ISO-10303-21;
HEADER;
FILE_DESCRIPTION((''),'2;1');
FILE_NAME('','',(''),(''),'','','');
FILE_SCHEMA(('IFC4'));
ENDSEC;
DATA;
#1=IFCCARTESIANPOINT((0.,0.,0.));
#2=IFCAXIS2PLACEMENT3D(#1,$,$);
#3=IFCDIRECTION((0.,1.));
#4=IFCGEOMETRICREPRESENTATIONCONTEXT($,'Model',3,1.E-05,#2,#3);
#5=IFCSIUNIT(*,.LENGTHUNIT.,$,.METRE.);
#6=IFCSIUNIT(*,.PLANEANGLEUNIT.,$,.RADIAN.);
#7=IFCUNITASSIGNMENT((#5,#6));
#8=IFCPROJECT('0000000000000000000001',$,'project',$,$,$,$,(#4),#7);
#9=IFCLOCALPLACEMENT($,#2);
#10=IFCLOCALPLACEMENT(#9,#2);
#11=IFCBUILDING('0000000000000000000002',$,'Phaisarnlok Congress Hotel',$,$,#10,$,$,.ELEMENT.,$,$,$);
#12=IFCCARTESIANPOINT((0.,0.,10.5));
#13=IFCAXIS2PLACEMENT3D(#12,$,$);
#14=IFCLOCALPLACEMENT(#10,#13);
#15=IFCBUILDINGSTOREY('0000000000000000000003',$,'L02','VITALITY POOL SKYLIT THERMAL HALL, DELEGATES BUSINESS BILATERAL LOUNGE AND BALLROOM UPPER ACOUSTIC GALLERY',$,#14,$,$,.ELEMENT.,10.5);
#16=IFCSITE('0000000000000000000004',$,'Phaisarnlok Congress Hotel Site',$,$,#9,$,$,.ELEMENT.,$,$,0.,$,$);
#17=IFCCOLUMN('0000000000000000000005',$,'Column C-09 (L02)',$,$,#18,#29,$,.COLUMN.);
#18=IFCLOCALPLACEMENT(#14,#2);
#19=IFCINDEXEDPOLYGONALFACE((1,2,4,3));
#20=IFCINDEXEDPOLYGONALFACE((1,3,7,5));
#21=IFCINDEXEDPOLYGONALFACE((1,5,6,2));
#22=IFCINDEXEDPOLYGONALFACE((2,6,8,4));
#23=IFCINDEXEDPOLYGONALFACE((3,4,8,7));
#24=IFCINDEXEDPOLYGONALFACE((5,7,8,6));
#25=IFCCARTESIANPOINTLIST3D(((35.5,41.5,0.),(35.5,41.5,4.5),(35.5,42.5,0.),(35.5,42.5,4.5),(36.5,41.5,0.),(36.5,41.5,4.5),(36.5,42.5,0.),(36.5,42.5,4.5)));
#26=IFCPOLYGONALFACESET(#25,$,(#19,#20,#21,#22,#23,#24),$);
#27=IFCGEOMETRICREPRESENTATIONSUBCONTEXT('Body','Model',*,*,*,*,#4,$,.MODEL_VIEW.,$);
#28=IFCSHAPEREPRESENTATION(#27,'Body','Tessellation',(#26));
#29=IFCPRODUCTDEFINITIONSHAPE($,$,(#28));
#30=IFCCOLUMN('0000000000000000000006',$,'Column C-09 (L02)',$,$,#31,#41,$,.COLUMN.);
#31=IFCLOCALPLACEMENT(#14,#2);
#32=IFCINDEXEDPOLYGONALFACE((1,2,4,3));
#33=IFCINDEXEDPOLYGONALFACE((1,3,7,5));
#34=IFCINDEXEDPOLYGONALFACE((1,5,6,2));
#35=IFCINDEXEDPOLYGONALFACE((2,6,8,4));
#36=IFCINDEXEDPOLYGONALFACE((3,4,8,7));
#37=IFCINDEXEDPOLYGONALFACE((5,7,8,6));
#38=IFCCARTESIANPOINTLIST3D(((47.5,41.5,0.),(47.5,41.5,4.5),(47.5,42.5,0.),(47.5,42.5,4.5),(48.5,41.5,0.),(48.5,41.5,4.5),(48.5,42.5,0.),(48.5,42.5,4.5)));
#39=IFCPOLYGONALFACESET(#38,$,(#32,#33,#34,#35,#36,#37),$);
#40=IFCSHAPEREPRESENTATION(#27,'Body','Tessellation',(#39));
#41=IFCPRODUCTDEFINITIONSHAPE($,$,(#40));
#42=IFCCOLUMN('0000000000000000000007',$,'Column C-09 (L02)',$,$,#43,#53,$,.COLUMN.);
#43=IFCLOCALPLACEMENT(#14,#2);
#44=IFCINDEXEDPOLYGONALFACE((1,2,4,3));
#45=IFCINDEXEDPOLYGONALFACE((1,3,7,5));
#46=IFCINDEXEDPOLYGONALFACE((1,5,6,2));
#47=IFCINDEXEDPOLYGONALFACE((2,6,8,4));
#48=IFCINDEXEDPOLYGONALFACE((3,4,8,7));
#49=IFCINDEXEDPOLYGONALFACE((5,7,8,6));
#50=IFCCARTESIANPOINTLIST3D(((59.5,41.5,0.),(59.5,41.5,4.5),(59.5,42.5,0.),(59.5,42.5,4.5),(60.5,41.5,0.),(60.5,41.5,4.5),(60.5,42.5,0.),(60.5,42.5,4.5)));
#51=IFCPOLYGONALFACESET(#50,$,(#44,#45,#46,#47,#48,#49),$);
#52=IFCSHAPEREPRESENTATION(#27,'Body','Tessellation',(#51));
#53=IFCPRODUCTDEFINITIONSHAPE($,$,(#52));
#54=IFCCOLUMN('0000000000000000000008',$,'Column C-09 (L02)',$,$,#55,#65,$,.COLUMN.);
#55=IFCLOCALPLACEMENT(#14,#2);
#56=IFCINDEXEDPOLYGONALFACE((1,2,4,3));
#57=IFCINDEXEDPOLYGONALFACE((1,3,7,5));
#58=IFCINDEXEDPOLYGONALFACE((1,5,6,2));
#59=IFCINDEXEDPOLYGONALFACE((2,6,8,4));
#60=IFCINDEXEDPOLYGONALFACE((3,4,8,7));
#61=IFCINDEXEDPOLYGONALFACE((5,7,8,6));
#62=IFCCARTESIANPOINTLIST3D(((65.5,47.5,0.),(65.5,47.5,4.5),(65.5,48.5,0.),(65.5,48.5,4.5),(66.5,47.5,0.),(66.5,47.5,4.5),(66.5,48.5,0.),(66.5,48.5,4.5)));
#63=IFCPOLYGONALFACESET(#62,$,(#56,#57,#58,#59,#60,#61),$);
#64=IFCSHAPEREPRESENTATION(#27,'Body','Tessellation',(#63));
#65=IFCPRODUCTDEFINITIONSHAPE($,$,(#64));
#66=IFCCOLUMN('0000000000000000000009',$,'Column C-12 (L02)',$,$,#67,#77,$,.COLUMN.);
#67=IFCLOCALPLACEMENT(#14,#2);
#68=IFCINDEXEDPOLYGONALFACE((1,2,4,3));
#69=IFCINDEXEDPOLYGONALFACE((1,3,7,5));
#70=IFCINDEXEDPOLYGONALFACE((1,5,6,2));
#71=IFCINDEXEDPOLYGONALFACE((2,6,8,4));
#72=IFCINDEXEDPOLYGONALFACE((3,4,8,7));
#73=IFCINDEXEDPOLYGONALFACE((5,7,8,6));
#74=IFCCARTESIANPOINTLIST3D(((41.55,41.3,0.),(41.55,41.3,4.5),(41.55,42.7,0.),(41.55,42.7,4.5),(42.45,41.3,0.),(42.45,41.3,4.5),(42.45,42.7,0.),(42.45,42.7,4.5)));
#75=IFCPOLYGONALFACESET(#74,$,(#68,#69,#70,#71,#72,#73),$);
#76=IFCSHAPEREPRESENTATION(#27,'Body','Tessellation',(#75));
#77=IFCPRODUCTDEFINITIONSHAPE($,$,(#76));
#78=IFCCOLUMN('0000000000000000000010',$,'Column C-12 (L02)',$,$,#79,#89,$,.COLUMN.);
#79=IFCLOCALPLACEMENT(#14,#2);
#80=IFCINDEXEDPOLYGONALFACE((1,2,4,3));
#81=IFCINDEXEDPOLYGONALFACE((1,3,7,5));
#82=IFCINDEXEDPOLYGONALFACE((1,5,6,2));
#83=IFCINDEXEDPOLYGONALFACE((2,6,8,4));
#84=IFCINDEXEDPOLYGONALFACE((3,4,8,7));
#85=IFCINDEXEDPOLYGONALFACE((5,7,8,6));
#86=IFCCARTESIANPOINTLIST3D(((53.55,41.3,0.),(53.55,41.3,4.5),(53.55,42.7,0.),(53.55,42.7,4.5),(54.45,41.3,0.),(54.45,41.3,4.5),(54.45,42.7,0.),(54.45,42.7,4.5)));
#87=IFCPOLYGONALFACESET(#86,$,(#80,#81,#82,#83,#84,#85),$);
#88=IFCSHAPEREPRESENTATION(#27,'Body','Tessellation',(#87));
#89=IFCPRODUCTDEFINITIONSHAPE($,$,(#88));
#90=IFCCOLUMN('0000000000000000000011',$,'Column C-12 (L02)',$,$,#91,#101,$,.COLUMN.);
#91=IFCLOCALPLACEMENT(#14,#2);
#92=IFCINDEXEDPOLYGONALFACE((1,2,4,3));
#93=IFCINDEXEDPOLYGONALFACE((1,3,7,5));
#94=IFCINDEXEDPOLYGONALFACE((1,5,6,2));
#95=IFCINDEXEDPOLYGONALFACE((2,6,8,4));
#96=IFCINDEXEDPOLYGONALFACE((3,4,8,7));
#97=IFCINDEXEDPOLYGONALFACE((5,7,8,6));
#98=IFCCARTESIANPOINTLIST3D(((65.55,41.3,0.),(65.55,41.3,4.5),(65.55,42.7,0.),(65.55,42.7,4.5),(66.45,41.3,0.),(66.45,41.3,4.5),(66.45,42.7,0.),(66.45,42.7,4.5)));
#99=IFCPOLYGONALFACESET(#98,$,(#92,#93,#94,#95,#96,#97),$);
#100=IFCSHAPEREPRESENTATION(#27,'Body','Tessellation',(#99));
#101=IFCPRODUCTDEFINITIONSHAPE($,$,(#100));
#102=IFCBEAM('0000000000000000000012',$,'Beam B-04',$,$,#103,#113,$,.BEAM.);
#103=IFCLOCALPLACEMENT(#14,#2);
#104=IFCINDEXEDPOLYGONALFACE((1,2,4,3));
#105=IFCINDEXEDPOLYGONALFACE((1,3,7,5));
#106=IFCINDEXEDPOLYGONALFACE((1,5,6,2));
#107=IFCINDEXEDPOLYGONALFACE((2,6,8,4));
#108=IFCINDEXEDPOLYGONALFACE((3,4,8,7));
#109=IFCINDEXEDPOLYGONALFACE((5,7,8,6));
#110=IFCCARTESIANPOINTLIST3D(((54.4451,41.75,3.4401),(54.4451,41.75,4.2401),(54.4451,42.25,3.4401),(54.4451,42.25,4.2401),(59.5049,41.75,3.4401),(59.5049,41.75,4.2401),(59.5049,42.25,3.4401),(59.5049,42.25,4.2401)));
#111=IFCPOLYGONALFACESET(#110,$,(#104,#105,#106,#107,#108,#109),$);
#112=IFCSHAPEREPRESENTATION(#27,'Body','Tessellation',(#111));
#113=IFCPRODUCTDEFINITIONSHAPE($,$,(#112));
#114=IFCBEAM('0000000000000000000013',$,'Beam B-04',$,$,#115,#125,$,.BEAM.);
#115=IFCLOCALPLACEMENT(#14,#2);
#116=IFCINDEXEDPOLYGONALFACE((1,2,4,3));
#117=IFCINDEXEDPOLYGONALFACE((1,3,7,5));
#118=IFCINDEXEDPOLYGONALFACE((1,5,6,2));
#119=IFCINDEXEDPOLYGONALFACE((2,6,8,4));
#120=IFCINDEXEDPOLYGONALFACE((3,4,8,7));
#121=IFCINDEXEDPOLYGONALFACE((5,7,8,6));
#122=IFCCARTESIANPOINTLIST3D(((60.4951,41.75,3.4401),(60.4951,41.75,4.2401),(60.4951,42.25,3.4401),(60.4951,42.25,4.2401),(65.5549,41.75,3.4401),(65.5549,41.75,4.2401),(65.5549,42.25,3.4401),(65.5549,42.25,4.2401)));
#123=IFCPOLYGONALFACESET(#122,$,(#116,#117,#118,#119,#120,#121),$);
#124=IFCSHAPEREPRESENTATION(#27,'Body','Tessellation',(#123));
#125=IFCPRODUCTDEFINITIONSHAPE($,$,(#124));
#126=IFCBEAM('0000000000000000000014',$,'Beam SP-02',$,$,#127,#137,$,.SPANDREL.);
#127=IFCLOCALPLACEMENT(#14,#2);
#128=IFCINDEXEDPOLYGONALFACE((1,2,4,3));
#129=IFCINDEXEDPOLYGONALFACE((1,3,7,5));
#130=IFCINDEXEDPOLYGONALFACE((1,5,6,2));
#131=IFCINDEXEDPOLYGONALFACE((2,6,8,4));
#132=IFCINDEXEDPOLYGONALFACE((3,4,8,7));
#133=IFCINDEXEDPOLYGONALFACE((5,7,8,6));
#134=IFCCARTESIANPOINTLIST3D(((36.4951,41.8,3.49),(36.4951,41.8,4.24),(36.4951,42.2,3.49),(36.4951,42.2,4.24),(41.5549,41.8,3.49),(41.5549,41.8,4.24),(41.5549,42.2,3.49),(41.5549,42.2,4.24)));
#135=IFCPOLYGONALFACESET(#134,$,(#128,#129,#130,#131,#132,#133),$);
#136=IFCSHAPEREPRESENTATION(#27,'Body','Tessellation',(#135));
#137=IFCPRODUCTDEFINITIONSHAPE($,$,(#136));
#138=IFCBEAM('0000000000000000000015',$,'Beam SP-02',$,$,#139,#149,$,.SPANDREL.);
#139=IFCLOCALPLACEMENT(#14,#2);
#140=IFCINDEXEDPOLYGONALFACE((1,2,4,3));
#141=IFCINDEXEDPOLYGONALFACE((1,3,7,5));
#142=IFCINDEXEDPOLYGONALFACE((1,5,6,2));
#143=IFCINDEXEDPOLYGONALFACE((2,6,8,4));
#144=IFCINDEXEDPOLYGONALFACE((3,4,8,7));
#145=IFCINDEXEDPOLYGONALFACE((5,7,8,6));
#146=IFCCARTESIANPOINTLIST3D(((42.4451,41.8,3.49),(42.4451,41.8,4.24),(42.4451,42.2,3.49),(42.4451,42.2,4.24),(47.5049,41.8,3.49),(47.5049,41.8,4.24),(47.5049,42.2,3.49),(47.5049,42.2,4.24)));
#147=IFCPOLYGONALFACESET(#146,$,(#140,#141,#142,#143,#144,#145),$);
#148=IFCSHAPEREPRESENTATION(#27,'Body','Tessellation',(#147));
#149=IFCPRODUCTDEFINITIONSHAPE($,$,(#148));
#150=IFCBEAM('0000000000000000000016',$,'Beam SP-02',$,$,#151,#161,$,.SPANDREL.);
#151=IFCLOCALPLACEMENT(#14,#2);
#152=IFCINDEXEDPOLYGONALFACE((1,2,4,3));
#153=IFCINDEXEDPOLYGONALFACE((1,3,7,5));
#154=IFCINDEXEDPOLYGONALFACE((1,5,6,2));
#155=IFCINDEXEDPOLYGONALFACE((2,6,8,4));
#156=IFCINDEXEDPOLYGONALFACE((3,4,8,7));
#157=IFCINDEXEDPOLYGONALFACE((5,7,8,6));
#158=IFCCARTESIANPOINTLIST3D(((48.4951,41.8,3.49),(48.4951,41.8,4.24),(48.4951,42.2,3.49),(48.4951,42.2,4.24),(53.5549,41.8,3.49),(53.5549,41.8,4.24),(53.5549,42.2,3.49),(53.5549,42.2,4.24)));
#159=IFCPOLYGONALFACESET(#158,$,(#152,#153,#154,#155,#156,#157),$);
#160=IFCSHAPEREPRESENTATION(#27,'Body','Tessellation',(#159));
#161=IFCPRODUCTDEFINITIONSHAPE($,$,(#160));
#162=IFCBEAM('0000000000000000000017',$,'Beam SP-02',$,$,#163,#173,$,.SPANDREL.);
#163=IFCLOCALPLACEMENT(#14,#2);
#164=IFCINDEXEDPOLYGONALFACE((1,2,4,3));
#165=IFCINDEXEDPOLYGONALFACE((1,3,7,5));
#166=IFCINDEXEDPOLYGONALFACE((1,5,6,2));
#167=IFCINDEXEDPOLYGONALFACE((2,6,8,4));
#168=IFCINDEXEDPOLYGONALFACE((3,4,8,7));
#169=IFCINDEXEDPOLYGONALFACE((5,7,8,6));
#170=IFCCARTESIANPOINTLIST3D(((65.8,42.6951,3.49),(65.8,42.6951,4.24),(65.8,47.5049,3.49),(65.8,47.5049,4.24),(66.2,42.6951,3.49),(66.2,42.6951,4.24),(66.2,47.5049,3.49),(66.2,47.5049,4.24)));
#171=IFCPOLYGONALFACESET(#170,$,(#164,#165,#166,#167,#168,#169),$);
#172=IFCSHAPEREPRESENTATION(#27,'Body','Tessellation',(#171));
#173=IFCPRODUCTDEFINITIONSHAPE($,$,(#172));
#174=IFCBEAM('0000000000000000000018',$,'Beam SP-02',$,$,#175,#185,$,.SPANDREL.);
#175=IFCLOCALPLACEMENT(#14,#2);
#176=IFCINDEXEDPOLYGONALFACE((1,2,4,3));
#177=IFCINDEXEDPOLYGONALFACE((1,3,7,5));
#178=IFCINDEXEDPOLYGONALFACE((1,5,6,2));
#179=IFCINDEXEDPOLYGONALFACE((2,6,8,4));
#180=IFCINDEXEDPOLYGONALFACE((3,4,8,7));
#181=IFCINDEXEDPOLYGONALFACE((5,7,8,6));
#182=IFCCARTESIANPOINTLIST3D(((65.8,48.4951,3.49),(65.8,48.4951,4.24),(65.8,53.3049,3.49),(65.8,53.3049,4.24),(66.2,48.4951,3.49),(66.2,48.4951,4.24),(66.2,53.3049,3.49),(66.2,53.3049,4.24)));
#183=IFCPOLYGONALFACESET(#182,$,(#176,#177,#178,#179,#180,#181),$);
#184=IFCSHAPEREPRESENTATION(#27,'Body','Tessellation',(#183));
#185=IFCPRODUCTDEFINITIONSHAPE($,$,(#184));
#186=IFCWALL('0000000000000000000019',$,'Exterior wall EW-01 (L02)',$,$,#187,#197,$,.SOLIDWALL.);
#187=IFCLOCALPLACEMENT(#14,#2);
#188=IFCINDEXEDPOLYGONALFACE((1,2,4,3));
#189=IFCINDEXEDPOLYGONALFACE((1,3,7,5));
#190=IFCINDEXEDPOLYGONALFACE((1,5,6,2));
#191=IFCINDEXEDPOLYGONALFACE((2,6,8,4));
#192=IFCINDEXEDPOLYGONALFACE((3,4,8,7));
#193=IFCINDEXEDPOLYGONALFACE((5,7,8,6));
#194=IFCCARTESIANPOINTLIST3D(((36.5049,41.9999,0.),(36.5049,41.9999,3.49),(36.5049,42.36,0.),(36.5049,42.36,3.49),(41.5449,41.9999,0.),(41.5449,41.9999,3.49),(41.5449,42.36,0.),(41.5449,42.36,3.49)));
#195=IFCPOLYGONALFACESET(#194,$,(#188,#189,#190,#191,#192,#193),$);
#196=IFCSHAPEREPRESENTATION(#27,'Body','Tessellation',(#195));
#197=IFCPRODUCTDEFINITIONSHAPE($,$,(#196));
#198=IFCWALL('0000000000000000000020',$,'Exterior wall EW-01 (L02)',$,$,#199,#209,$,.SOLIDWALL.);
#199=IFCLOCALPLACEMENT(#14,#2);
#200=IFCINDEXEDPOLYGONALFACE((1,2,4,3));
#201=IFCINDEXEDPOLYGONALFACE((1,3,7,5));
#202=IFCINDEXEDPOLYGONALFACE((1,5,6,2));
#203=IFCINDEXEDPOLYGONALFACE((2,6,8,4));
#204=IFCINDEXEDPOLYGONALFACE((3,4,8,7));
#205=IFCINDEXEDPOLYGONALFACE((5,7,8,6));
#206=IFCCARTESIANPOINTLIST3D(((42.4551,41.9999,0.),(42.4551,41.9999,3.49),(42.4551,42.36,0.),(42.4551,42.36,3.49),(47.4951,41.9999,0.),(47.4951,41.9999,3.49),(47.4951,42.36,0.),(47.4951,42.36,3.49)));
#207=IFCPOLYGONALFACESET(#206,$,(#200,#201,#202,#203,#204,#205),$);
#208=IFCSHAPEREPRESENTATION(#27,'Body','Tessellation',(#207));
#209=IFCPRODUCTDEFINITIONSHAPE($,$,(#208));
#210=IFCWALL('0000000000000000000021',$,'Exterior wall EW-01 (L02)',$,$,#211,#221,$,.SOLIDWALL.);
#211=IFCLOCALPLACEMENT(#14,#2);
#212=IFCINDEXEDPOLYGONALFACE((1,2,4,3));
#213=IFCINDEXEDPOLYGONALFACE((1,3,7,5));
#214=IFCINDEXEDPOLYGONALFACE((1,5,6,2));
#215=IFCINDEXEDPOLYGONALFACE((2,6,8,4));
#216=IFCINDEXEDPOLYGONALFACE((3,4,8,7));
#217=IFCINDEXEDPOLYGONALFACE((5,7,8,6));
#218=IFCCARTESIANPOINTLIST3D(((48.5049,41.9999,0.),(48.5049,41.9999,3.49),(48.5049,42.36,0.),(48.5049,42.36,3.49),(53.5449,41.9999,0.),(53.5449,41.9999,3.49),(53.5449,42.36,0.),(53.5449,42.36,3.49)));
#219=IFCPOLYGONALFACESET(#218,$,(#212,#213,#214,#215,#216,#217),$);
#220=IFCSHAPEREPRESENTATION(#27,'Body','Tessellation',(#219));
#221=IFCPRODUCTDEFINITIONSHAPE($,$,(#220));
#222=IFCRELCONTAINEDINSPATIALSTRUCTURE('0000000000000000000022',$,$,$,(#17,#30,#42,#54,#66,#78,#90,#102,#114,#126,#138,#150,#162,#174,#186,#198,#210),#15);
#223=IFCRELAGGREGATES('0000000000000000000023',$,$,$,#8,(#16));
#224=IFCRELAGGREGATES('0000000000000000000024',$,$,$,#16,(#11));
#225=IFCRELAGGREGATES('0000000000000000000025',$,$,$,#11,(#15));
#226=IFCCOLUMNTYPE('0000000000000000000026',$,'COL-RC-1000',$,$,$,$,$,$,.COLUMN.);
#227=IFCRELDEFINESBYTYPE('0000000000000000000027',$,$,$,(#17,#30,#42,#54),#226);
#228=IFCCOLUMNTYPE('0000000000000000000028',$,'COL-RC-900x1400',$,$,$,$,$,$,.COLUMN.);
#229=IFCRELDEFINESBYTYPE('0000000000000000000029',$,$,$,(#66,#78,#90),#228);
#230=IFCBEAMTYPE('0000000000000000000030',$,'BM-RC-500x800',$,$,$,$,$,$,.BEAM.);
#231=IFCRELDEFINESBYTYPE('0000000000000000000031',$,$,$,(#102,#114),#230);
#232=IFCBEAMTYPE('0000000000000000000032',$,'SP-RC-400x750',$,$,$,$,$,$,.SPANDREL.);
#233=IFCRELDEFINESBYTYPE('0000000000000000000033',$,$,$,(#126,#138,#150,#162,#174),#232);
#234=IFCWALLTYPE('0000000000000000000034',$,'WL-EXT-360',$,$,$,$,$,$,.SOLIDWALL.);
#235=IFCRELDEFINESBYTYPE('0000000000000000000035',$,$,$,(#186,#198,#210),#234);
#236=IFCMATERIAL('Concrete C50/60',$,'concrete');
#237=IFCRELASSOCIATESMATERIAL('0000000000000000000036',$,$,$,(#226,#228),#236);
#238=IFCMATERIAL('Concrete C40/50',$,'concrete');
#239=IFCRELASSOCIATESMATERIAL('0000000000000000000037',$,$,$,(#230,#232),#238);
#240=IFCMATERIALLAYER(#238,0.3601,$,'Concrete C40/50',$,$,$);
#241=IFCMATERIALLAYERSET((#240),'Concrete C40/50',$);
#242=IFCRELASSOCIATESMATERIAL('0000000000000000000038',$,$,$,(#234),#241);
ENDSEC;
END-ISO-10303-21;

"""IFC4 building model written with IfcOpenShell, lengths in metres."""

from ifc_helpers import new_model, si_unit, direction, frame, frame_2d, origin, origin_2d, place, context, subcontext, project, spatial, rectangle, extrude, material, layer, layer_set, material_profile, profile_set, type_object, element, save


model = new_model("IFC4")

# Units and contexts
model_context = context("Model", 3, precision=1e-05, world=origin(), true_north=direction((0.0, 1.0)))
body_context = subcontext(model_context, "Body", "Model", "MODEL_VIEW")
ifc_project = project(units=[si_unit("LENGTHUNIT", "METRE"), si_unit("PLANEANGLEUNIT", "RADIAN")], contexts=[model_context])

# Site, building, storey
site_placement = place(None, origin())
site = spatial("IfcSite", under=ifc_project, at=site_placement, Name="Phaisarnlok Congress Hotel Site", CompositionType="ELEMENT", RefElevation=0.0)
building_placement = place(site_placement, origin())
building = spatial("IfcBuilding", under=site, at=building_placement, Name="Phaisarnlok Congress Hotel", CompositionType="ELEMENT")
storey_placement = place(building_placement, frame((0.0, 0.0, 10.5)))
storey = spatial("IfcBuildingStorey", under=building, at=storey_placement, Name="L02", Description="VITALITY POOL SKYLIT THERMAL HALL, DELEGATES BUSINESS BILATERAL LOUNGE AND BALLROOM UPPER ACOUSTIC GALLERY", CompositionType="ELEMENT", Elevation=10.5)

# Columns
ifc_material_1 = material(Name="Concrete C50/60", Category="concrete")
ifc_material_profile_1 = material_profile(ifc_material_1, rectangle(XDim=1.0, YDim=1.0, at=origin_2d()), Name="RC 1000x1000")
ifc_profile_set_1 = profile_set([ifc_material_profile_1], Name="Concrete C50/60")
column_type_1 = type_object("IfcColumnType", Name="COL-RC-1000", PredefinedType="COLUMN", material=ifc_profile_set_1)
for number, where, z_axis, x_axis, name in (
    (1, (36.0, 42.0, 0.0), (0.0, 0.0, 1.0), (1.0, 0.0, 0.0), "Column C-09 (L02)"),
    (2, (48.0, 42.0, 0.0), (0.0, 0.0, 1.0), (1.0, 0.0, 0.0), "Column C-09 (L02)"),
    (3, (60.0, 42.0, 0.0), (0.0, 0.0, 1.0), (1.0, 0.0, 0.0), "Column C-09 (L02)"),
    (4, (66.0, 48.0, 0.0), (0.0, 0.0, 1.0), (1.0, 0.0, 0.0), "Column C-09 (L02)"),
):
    element("IfcColumn", number, at=place(storey_placement, frame(where, z_axis=z_axis, x_axis=x_axis)), inside=storey, type_object=column_type_1, Name=name, PredefinedType="COLUMN", context=body_context, shape_type="SweptSolid", body=[
        extrude(rectangle(XDim=1.0, YDim=1.0, at=origin_2d()), origin(), (0.0, 0.0, 1.0), 4.5),
    ])
ifc_material_profile_2 = material_profile(ifc_material_1, rectangle(XDim=0.8999, YDim=1.3999, at=origin_2d()), Name="RC 900x1400")
ifc_profile_set_2 = profile_set([ifc_material_profile_2], Name="Concrete C50/60")
column_type_2 = type_object("IfcColumnType", Name="COL-RC-900x1400", PredefinedType="COLUMN", material=ifc_profile_set_2)
for number, where, z_axis, x_axis, name in (
    (5, (42.0, 42.0, 0.0), (0.0, 0.0, 1.0), (1.0, 0.0, 0.0), "Column C-12 (L02)"),
    (6, (54.0, 42.0, 0.0), (0.0, 0.0, 1.0), (1.0, 0.0, 0.0), "Column C-12 (L02)"),
    (7, (66.0, 42.0, 0.0), (0.0, 0.0, 1.0), (1.0, 0.0, 0.0), "Column C-12 (L02)"),
):
    element("IfcColumn", number, at=place(storey_placement, frame(where, z_axis=z_axis, x_axis=x_axis)), inside=storey, type_object=column_type_2, Name=name, PredefinedType="COLUMN", context=body_context, shape_type="SweptSolid", body=[
        extrude(rectangle(XDim=0.8999, YDim=1.3999, at=origin_2d()), origin(), (0.0, 0.0, 1.0), 4.5),
    ])

# Beams
ifc_material_2 = material(Name="Concrete C40/50", Category="concrete")
ifc_material_profile_3 = material_profile(ifc_material_2, rectangle(XDim=0.5, YDim=0.8, at=origin_2d()), Name="RC 500x800")
ifc_profile_set_3 = profile_set([ifc_material_profile_3], Name="Concrete C40/50")
beam_type_1 = type_object("IfcBeamType", Name="BM-RC-500x800", PredefinedType="BEAM", material=ifc_profile_set_3)
for number, where, z_axis, x_axis, name in (
    (8, (54.4451, 42.0, 3.8401), (1.0, 0.0, 0.0), (0.0, 1.0, 0.0), "Beam B-04"),
    (9, (60.4951, 42.0, 3.8401), (1.0, 0.0, 0.0), (0.0, 1.0, 0.0), "Beam B-04"),
):
    element("IfcBeam", number, at=place(storey_placement, frame(where, z_axis=z_axis, x_axis=x_axis)), inside=storey, type_object=beam_type_1, Name=name, PredefinedType="BEAM", context=body_context, shape_type="SweptSolid", body=[
        extrude(rectangle(XDim=0.5, YDim=0.8, at=origin_2d()), origin(), (0.0, 0.0, 1.0), 5.0598),
    ])
ifc_material_profile_4 = material_profile(ifc_material_2, rectangle(XDim=0.3999, YDim=0.75, at=origin_2d()), Name="RC 400x750")
ifc_profile_set_4 = profile_set([ifc_material_profile_4], Name="Concrete C40/50")
beam_type_2 = type_object("IfcBeamType", Name="SP-RC-400x750", PredefinedType="SPANDREL", material=ifc_profile_set_4)
for number, where, z_axis, x_axis, name in (
    (10, (36.4951, 42.0, 3.865), (1.0, 0.0, 0.0), (0.0, 1.0, 0.0), "Beam SP-02"),
    (11, (42.4451, 42.0, 3.865), (1.0, 0.0, 0.0), (0.0, 1.0, 0.0), "Beam SP-02"),
    (12, (48.4951, 42.0, 3.865), (1.0, 0.0, 0.0), (0.0, 1.0, 0.0), "Beam SP-02"),
):
    element("IfcBeam", number, at=place(storey_placement, frame(where, z_axis=z_axis, x_axis=x_axis)), inside=storey, type_object=beam_type_2, Name=name, PredefinedType="SPANDREL", context=body_context, shape_type="SweptSolid", body=[
        extrude(rectangle(XDim=0.3999, YDim=0.75, at=origin_2d()), origin(), (0.0, 0.0, 1.0), 5.0598),
    ])
for number, where, z_axis, x_axis, name in (
    (13, (66.0, 42.6951, 3.865), (0.0, 1.0, 0.0), (-1.0, 0.0, 0.0), "Beam SP-02"),
    (14, (66.0, 48.4951, 3.865), (0.0, 1.0, 0.0), (-1.0, 0.0, 0.0), "Beam SP-02"),
):
    element("IfcBeam", number, at=place(storey_placement, frame(where, z_axis=z_axis, x_axis=x_axis)), inside=storey, type_object=beam_type_2, Name=name, PredefinedType="SPANDREL", context=body_context, shape_type="SweptSolid", body=[
        extrude(rectangle(XDim=0.3999, YDim=0.75, at=origin_2d()), origin(), (0.0, 0.0, 1.0), 4.8098),
    ])

# Walls
ifc_layer_1 = layer(ifc_material_2, 0.3601, Name="Concrete C40/50")
ifc_layer_set_1 = layer_set([ifc_layer_1], Name="Concrete C40/50")
wall_type_1 = type_object("IfcWallType", Name="WL-EXT-360", PredefinedType="SOLIDWALL", material=ifc_layer_set_1)
for number, where, z_axis, x_axis, name in (
    (15, (36.5049, 42.1799, 0.0), (0.0, 0.0, 1.0), (1.0, 0.0, 0.0), "Exterior wall EW-01 (L02)"),
    (16, (42.4551, 42.1799, 0.0), (0.0, 0.0, 1.0), (1.0, 0.0, 0.0), "Exterior wall EW-01 (L02)"),
    (17, (48.5049, 42.1799, 0.0), (0.0, 0.0, 1.0), (1.0, 0.0, 0.0), "Exterior wall EW-01 (L02)"),
):
    element("IfcWall", number, at=place(storey_placement, frame(where, z_axis=z_axis, x_axis=x_axis)), inside=storey, type_object=wall_type_1, Name=name, PredefinedType="SOLIDWALL", context=body_context, shape_type="SweptSolid", body=[
        extrude(rectangle(XDim=5.04, YDim=0.3601, at=frame_2d((2.52, 0.0))), origin(), (0.0, 0.0, 1.0), 3.49),
    ])

save(model, "model.ifc")
